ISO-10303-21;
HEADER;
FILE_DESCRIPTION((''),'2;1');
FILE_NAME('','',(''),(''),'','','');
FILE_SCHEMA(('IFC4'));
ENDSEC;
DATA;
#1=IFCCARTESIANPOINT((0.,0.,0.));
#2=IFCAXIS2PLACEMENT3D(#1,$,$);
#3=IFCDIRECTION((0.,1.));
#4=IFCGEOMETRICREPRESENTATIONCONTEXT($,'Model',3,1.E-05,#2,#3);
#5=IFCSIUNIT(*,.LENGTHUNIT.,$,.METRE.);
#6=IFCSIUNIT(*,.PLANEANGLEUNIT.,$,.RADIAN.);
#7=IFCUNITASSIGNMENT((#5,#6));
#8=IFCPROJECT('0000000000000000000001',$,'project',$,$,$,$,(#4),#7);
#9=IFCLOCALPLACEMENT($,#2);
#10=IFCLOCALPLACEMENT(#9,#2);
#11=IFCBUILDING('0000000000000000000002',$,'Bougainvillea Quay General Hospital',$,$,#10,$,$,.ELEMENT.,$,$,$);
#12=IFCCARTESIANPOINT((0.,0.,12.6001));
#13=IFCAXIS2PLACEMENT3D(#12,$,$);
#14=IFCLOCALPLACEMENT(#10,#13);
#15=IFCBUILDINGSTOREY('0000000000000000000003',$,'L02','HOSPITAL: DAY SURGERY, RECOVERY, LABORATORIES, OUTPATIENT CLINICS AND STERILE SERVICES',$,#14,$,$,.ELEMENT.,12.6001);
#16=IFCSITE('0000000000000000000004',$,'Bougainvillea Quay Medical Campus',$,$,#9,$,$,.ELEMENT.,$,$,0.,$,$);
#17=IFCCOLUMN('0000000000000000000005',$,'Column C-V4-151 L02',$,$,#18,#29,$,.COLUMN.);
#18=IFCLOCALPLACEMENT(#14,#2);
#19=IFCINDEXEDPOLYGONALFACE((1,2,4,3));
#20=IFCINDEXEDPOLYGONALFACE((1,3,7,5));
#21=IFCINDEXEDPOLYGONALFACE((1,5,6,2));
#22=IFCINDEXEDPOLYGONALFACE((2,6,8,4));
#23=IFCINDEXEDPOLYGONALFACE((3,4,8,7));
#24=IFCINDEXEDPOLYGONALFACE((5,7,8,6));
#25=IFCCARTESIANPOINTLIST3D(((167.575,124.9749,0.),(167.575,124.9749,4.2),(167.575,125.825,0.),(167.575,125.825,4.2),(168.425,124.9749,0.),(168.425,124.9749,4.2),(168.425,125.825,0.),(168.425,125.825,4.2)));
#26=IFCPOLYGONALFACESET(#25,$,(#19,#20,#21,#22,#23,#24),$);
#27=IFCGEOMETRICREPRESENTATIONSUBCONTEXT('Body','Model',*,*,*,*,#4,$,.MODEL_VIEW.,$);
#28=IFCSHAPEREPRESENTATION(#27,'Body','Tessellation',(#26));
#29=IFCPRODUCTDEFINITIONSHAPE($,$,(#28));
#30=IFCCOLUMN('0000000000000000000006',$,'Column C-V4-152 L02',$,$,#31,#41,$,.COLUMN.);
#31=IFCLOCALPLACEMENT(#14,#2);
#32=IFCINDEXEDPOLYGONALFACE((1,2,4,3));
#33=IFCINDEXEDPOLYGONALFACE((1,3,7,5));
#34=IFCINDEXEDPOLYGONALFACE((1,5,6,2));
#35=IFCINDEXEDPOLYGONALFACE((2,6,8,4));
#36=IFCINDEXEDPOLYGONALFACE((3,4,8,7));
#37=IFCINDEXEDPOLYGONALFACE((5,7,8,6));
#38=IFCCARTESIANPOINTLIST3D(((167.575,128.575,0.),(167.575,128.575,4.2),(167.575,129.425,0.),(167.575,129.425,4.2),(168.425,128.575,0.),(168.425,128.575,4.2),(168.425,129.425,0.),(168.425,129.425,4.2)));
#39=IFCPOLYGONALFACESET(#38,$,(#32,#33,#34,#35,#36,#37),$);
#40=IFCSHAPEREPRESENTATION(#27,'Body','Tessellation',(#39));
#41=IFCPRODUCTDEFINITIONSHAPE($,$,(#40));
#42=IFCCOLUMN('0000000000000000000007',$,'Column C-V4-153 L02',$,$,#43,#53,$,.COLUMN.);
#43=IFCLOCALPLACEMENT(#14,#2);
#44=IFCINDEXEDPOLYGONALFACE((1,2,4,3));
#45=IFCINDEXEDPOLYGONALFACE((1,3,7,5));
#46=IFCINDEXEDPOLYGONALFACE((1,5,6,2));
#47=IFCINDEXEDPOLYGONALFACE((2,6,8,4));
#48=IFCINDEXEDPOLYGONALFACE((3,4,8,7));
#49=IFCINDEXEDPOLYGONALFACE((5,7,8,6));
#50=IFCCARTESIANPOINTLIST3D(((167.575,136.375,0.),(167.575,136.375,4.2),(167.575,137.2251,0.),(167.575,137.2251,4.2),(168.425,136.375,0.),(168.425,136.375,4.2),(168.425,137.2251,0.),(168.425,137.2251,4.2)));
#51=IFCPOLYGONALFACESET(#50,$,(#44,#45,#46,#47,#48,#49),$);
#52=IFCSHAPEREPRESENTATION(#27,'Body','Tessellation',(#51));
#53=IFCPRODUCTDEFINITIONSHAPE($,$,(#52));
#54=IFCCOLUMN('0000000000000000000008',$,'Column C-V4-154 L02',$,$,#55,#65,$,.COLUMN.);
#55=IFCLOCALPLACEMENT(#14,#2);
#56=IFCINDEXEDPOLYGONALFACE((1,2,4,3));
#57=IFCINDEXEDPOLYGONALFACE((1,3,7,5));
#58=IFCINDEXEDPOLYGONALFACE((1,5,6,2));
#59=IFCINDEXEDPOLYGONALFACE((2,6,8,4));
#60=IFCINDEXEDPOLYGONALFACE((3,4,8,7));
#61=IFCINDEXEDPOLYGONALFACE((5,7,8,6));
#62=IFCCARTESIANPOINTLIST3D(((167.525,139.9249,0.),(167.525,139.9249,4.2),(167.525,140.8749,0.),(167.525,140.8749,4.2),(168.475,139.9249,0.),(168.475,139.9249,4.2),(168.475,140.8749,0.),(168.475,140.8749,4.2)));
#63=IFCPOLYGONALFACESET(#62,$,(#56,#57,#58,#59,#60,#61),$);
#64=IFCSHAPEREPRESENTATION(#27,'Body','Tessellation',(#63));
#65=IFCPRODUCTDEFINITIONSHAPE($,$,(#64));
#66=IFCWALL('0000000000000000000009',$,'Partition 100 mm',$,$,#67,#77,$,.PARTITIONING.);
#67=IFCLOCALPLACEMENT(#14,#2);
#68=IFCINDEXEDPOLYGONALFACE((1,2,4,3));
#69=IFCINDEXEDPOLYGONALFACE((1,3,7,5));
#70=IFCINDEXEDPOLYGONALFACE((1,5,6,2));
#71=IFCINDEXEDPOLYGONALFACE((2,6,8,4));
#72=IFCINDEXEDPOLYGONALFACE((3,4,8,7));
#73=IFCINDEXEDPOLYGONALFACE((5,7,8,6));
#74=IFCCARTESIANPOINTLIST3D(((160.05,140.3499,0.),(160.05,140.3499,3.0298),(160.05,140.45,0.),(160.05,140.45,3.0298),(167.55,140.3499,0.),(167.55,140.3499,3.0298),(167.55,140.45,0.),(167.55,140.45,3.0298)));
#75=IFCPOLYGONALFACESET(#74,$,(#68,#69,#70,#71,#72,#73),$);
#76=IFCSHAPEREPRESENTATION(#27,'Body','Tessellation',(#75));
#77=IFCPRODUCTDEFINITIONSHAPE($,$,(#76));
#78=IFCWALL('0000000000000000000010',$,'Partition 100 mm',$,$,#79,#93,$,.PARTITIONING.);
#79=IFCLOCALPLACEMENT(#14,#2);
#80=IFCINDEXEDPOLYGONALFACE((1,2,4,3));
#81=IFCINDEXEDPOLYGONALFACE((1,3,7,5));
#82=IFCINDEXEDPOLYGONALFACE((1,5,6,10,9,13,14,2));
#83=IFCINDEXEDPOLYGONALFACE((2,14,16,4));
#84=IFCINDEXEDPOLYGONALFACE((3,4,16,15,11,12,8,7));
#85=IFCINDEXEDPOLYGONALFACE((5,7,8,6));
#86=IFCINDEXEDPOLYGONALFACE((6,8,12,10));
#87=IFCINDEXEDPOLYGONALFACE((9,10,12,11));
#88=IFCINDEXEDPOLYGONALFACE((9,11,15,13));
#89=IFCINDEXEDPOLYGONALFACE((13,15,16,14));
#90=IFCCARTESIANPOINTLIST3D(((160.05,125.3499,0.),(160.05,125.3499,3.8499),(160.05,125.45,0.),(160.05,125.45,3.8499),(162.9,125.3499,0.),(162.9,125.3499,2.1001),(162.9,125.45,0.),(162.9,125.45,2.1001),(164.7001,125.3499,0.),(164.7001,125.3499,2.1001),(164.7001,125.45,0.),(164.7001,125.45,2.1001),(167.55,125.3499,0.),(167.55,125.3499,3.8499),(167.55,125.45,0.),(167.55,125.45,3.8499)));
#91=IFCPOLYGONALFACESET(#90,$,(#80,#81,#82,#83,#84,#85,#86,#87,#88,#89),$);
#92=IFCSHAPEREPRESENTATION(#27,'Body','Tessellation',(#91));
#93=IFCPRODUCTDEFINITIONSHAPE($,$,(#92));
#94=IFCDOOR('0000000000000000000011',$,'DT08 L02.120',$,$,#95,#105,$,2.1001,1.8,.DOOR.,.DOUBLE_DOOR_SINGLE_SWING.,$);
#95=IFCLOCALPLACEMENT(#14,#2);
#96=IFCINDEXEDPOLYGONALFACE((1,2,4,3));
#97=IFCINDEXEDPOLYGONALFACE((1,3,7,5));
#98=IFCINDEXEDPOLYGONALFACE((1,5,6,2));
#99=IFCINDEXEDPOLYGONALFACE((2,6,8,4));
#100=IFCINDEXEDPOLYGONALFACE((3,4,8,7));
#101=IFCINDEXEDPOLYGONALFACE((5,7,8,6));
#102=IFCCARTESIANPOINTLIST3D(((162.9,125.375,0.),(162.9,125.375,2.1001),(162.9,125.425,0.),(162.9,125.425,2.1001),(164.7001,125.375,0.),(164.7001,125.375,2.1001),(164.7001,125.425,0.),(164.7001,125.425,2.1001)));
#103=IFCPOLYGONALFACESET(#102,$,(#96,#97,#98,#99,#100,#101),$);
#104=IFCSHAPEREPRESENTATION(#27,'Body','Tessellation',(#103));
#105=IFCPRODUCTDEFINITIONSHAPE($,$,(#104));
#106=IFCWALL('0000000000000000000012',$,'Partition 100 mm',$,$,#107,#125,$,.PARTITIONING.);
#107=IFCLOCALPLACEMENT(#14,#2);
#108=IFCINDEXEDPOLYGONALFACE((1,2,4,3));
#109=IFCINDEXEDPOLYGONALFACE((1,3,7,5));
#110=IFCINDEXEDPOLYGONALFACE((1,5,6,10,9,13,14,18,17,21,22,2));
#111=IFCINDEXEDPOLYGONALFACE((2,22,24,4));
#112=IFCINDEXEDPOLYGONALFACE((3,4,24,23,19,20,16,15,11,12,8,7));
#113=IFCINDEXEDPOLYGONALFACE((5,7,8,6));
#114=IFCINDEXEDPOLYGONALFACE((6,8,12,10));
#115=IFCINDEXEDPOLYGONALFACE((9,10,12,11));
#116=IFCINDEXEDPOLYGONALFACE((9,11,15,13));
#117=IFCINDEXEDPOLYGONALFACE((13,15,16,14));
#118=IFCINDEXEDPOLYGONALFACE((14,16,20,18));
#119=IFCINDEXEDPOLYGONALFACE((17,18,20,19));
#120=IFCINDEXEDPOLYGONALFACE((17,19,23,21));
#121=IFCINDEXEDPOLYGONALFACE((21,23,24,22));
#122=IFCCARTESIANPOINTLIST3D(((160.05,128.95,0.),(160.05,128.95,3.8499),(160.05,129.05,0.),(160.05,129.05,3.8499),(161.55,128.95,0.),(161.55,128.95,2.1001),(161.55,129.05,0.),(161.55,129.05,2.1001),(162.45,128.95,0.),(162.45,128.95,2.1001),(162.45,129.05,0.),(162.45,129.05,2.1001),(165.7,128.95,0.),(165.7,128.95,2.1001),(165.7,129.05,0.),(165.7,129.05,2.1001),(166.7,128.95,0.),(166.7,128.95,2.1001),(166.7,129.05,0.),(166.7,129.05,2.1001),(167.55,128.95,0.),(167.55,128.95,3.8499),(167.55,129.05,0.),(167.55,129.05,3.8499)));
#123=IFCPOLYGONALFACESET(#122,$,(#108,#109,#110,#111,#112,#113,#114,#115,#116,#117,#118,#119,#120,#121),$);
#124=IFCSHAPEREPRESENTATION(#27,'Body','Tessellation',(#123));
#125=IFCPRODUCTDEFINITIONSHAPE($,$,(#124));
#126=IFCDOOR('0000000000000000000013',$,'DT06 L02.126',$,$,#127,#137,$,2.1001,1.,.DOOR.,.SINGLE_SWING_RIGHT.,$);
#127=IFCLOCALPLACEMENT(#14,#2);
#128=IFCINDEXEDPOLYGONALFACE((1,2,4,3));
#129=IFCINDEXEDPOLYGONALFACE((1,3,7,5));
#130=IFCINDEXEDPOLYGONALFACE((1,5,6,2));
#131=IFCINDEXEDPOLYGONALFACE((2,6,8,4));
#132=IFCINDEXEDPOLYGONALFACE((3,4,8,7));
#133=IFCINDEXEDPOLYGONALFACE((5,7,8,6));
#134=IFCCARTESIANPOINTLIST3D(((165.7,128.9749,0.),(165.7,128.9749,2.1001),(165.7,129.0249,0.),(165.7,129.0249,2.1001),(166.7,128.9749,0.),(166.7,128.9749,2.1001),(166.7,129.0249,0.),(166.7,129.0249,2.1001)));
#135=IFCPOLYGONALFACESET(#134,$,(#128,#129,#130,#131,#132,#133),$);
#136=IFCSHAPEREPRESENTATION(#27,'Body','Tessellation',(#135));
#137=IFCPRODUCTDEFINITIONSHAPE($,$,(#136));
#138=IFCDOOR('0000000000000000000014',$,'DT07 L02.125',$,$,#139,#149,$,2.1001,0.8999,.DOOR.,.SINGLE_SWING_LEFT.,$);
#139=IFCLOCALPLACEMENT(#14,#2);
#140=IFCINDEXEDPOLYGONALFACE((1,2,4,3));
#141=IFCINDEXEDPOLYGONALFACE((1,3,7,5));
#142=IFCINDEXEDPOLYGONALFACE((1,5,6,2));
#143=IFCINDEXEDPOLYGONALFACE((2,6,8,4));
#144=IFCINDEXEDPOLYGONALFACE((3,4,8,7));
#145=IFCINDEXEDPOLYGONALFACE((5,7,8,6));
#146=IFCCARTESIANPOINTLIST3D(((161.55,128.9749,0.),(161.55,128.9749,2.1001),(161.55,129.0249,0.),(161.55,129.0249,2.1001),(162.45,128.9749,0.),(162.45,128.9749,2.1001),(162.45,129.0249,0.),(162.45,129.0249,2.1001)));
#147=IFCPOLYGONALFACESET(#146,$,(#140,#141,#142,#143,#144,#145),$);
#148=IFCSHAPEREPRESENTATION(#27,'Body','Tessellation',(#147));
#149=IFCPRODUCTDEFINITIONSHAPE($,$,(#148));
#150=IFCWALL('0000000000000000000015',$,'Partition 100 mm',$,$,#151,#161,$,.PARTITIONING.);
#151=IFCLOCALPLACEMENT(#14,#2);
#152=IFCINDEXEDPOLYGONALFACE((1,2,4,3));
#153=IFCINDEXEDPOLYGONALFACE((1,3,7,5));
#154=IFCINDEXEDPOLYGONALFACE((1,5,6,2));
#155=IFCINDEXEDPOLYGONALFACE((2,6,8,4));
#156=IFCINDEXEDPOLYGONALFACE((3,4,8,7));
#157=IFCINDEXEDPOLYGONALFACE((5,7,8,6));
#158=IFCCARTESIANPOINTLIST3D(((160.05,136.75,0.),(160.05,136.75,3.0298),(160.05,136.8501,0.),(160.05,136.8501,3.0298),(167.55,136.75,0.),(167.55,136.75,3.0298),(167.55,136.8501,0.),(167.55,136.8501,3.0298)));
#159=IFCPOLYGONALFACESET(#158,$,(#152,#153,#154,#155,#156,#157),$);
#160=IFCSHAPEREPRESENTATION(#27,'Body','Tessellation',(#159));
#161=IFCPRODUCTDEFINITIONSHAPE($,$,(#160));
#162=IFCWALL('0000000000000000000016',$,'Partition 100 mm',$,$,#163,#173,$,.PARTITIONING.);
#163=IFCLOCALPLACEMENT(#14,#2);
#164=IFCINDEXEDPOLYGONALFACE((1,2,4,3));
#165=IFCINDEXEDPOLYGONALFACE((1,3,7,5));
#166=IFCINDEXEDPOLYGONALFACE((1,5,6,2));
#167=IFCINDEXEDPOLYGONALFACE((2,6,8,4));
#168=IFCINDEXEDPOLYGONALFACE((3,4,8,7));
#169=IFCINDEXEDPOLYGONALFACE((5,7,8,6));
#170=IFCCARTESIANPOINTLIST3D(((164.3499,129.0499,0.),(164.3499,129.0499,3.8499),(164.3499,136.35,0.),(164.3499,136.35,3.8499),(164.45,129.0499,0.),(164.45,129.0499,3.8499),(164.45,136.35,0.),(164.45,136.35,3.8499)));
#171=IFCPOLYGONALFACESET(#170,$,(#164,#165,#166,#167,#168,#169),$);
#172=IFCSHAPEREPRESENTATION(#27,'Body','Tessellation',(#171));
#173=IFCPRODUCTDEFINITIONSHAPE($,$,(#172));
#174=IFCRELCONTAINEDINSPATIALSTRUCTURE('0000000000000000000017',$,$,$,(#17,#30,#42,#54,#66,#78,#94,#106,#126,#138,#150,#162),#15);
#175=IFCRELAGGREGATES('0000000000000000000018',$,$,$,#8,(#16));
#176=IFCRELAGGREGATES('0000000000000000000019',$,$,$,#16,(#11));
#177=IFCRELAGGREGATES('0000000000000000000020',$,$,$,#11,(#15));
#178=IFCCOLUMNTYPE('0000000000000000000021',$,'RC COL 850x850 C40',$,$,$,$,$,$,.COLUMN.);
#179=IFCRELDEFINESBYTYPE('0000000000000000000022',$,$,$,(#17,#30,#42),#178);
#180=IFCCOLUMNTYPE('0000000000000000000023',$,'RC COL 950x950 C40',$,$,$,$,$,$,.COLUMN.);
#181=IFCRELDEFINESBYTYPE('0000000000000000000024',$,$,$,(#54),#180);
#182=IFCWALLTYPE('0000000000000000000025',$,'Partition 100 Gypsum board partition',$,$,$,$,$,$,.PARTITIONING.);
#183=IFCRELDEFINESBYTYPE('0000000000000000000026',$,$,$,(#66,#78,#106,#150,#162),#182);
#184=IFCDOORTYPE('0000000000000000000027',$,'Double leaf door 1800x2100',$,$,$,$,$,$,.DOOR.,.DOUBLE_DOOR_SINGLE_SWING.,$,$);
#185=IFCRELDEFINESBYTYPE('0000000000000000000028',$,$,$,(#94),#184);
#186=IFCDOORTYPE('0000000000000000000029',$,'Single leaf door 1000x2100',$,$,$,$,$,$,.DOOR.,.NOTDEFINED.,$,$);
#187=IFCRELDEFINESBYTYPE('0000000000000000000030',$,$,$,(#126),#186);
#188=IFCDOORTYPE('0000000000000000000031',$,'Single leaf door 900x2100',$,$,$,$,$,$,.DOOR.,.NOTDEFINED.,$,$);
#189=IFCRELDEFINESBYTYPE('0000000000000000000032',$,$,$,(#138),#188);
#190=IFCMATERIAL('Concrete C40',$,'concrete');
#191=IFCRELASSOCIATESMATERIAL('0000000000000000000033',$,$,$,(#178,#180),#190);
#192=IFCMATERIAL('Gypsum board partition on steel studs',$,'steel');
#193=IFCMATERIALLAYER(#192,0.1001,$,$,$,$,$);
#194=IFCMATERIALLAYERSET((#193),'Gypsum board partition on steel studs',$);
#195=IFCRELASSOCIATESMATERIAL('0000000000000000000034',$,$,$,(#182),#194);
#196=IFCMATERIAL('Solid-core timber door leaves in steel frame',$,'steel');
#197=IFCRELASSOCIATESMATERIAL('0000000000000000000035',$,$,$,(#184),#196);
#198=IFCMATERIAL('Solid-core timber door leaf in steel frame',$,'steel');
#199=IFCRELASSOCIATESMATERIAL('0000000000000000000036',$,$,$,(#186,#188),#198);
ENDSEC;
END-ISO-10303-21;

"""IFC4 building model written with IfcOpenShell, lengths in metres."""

from ifc_helpers import new_model, si_unit, direction, frame, frame_2d, origin, origin_2d, place, context, subcontext, project, spatial, rectangle, extrude, material, layer, layer_set, material_profile, profile_set, type_object, element, fill, save


model = new_model("IFC4")

# Units and contexts
model_context = context("Model", 3, precision=1e-05, world=origin(), true_north=direction((0.0, 1.0)))
body_context = subcontext(model_context, "Body", "Model", "MODEL_VIEW")
ifc_project = project(units=[si_unit("LENGTHUNIT", "METRE"), si_unit("PLANEANGLEUNIT", "RADIAN")], contexts=[model_context])

# Site, building, storey
site_placement = place(None, origin())
site = spatial("IfcSite", under=ifc_project, at=site_placement, Name="Bougainvillea Quay Medical Campus", CompositionType="ELEMENT", RefElevation=0.0)
building_placement = place(site_placement, origin())
building = spatial("IfcBuilding", under=site, at=building_placement, Name="Bougainvillea Quay General Hospital", CompositionType="ELEMENT")
storey_placement = place(building_placement, frame((0.0, 0.0, 12.6001)))
storey = spatial("IfcBuildingStorey", under=building, at=storey_placement, Name="L02", Description="HOSPITAL: DAY SURGERY, RECOVERY, LABORATORIES, OUTPATIENT CLINICS AND STERILE SERVICES", CompositionType="ELEMENT", Elevation=12.6001)

# Columns
ifc_material_1 = material(Name="Concrete C40", Category="concrete")
ifc_material_profile_1 = material_profile(ifc_material_1, rectangle(XDim=0.8501, YDim=0.8501, at=origin_2d()))
ifc_profile_set_1 = profile_set([ifc_material_profile_1], Name="Concrete C40")
column_type_1 = type_object("IfcColumnType", Name="RC COL 850x850 C40", PredefinedType="COLUMN", material=ifc_profile_set_1)
for number, where, z_axis, x_axis, name in (
    (1, (168.0, 125.3999, 0.0), (0.0, 0.0, 1.0), (1.0, 0.0, 0.0), "Column C-V4-151 L02"),
    (2, (168.0, 129.0, 0.0), (0.0, 0.0, 1.0), (1.0, 0.0, 0.0), "Column C-V4-152 L02"),
    (3, (168.0, 136.8, 0.0), (0.0, 0.0, 1.0), (1.0, 0.0, 0.0), "Column C-V4-153 L02"),
):
    element("IfcColumn", number, at=place(storey_placement, frame(where, z_axis=z_axis, x_axis=x_axis)), inside=storey, type_object=column_type_1, Name=name, PredefinedType="COLUMN", context=body_context, shape_type="SweptSolid", body=[
        extrude(rectangle(XDim=0.8501, YDim=0.8501, at=origin_2d()), origin(), (0.0, 0.0, 1.0), 4.2),
    ])
ifc_material_profile_2 = material_profile(ifc_material_1, rectangle(XDim=0.95, YDim=0.95, at=origin_2d()))
ifc_profile_set_2 = profile_set([ifc_material_profile_2], Name="Concrete C40")
column_type_2 = type_object("IfcColumnType", Name="RC COL 950x950 C40", PredefinedType="COLUMN", material=ifc_profile_set_2)
column_placement = place(storey_placement, frame((168.0, 140.3999, 0.0), z_axis=(0.0, 0.0, 1.0), x_axis=(1.0, 0.0, 0.0)))
element("IfcColumn", 4, at=column_placement, inside=storey, type_object=column_type_2, Name="Column C-V4-154 L02", PredefinedType="COLUMN", context=body_context, shape_type="SweptSolid", body=[
    extrude(rectangle(XDim=0.95, YDim=0.95, at=origin_2d()), origin(), (0.0, 0.0, 1.0), 4.2),
])

# Wall
ifc_material_2 = material(Name="Gypsum board partition on steel studs", Category="steel")
ifc_layer_1 = layer(ifc_material_2, 0.1001)
ifc_layer_set_1 = layer_set([ifc_layer_1], Name="Gypsum board partition on steel studs")
wall_type_1 = type_object("IfcWallType", Name="Partition 100 Gypsum board partition", PredefinedType="PARTITIONING", material=ifc_layer_set_1)
wall_1_placement = place(storey_placement, frame((167.55, 140.3999, 0.0), z_axis=(0.0, 0.0, 1.0), x_axis=(-1.0, 0.0, 0.0)))
element("IfcWall", 5, at=wall_1_placement, inside=storey, type_object=wall_type_1, Name="Partition 100 mm", PredefinedType="PARTITIONING", context=body_context, shape_type="SweptSolid", body=[
    extrude(rectangle(XDim=7.5, YDim=0.1001, at=frame_2d((3.75, 0.0))), origin(), (0.0, 0.0, 1.0), 3.0298),
])

# Wall, opening, door
wall_2_placement = place(storey_placement, frame((167.55, 125.3999, 0.0), z_axis=(0.0, 0.0, 1.0), x_axis=(-1.0, 0.0, 0.0)))
wall_2 = element("IfcWall", 6, at=wall_2_placement, inside=storey, type_object=wall_type_1, Name="Partition 100 mm", PredefinedType="PARTITIONING", context=body_context, shape_type="SweptSolid", body=[
    extrude(rectangle(XDim=7.5, YDim=0.1001, at=frame_2d((3.75, 0.0))), origin(), (0.0, 0.0, 1.0), 3.8499),
])
opening_1_placement = place(wall_2_placement, frame((2.8501, 0.0, 0.0)))
opening_1 = element("IfcOpeningElement", 7, at=opening_1_placement, cuts=wall_2, PredefinedType="OPENING", context=body_context, shape_type="SweptSolid", body=[
    extrude(rectangle(XDim=1.8, YDim=2.1001, at=frame_2d((0.8999, 1.05))), frame((0.0, 0.0601, 0.0), z_axis=(0.0, -1.0, 0.0), x_axis=(1.0, 0.0, 0.0)), (0.0, 0.0, 1.0), 0.1201),
])
ifc_material_3 = material(Name="Solid-core timber door leaves in steel frame", Category="steel")
door_type_1 = type_object("IfcDoorType", Name="Double leaf door 1800x2100", OperationType="DOUBLE_DOOR_SINGLE_SWING", PredefinedType="DOOR", material=ifc_material_3)
door_1_placement = place(opening_1_placement, origin())
door_1 = element("IfcDoor", 8, at=door_1_placement, inside=storey, type_object=door_type_1, Name="DT08 L02.120", OperationType="DOUBLE_DOOR_SINGLE_SWING", OverallHeight=2.1001, OverallWidth=1.8, PredefinedType="DOOR", context=body_context, shape_type="SweptSolid", body=[
    extrude(rectangle(XDim=1.8, YDim=2.1001, at=frame_2d((0.8999, 1.05))), frame((0.0, 0.0249, 0.0), z_axis=(0.0, -1.0, 0.0), x_axis=(1.0, 0.0, 0.0)), (0.0, 0.0, 1.0), 0.05),
])
fill(opening_1, door_1)

# Wall, openings, doors
wall_3_placement = place(storey_placement, frame((167.55, 129.0, 0.0), z_axis=(0.0, 0.0, 1.0), x_axis=(-1.0, 0.0, 0.0)))
wall_3 = element("IfcWall", 9, at=wall_3_placement, inside=storey, type_object=wall_type_1, Name="Partition 100 mm", PredefinedType="PARTITIONING", context=body_context, shape_type="SweptSolid", body=[
    extrude(rectangle(XDim=7.5, YDim=0.1001, at=frame_2d((3.75, 0.0))), origin(), (0.0, 0.0, 1.0), 3.8499),
])
opening_2_placement = place(wall_3_placement, frame((5.1001, 0.0, 0.0)))
opening_2 = element("IfcOpeningElement", 10, at=opening_2_placement, cuts=wall_3, PredefinedType="OPENING", context=body_context, shape_type="SweptSolid", body=[
    extrude(rectangle(XDim=0.8999, YDim=2.1001, at=frame_2d((0.45, 1.05))), frame((0.0, 0.0601, 0.0), z_axis=(0.0, -1.0, 0.0), x_axis=(1.0, 0.0, 0.0)), (0.0, 0.0, 1.0), 0.1201),
])
opening_3_placement = place(wall_3_placement, frame((0.8501, 0.0, 0.0)))
opening_3 = element("IfcOpeningElement", 11, at=opening_3_placement, cuts=wall_3, PredefinedType="OPENING", context=body_context, shape_type="SweptSolid", body=[
    extrude(rectangle(XDim=1.0, YDim=2.1001, at=frame_2d((0.5, 1.05))), frame((0.0, 0.0601, 0.0), z_axis=(0.0, -1.0, 0.0), x_axis=(1.0, 0.0, 0.0)), (0.0, 0.0, 1.0), 0.1201),
])
ifc_material_4 = material(Name="Solid-core timber door leaf in steel frame", Category="steel")
door_type_2 = type_object("IfcDoorType", Name="Single leaf door 1000x2100", OperationType="NOTDEFINED", PredefinedType="DOOR", material=ifc_material_4)
door_2_placement = place(opening_3_placement, frame((1.0, 0.0, 0.0), z_axis=(0.0, 0.0, 1.0), x_axis=(-1.0, 0.0, 0.0)))
door_2 = element("IfcDoor", 12, at=door_2_placement, inside=storey, type_object=door_type_2, Name="DT06 L02.126", OperationType="SINGLE_SWING_RIGHT", OverallHeight=2.1001, OverallWidth=1.0, PredefinedType="DOOR", context=body_context, shape_type="SweptSolid", body=[
    extrude(rectangle(XDim=1.0, YDim=2.1001, at=frame_2d((0.5, 1.05))), frame((0.0, 0.0249, 0.0), z_axis=(0.0, -1.0, 0.0), x_axis=(1.0, 0.0, 0.0)), (0.0, 0.0, 1.0), 0.05),
])
fill(opening_3, door_2)
door_type_3 = type_object("IfcDoorType", Name="Single leaf door 900x2100", OperationType="NOTDEFINED", PredefinedType="DOOR", material=ifc_material_4)
door_3_placement = place(opening_2_placement, frame((0.8999, 0.0, 0.0), z_axis=(0.0, 0.0, 1.0), x_axis=(-1.0, 0.0, 0.0)))
door_3 = element("IfcDoor", 13, at=door_3_placement, inside=storey, type_object=door_type_3, Name="DT07 L02.125", OperationType="SINGLE_SWING_LEFT", OverallHeight=2.1001, OverallWidth=0.8999, PredefinedType="DOOR", context=body_context, shape_type="SweptSolid", body=[
    extrude(rectangle(XDim=0.8999, YDim=2.1001, at=frame_2d((0.45, 1.05))), frame((0.0, 0.0249, 0.0), z_axis=(0.0, -1.0, 0.0), x_axis=(1.0, 0.0, 0.0)), (0.0, 0.0, 1.0), 0.05),
])
fill(opening_2, door_3)

# Walls
wall_4_placement = place(storey_placement, frame((160.05, 136.8, 0.0), z_axis=(0.0, 0.0, 1.0), x_axis=(1.0, 0.0, 0.0)))
element("IfcWall", 14, at=wall_4_placement, inside=storey, type_object=wall_type_1, Name="Partition 100 mm", PredefinedType="PARTITIONING", context=body_context, shape_type="SweptSolid", body=[
    extrude(rectangle(XDim=7.5, YDim=0.1001, at=frame_2d((3.75, 0.0))), origin(), (0.0, 0.0, 1.0), 3.0298),
])
wall_5_placement = place(storey_placement, frame((164.3999, 129.05, 0.0), z_axis=(0.0, 0.0, 1.0), x_axis=(0.0, 1.0, 0.0)))
element("IfcWall", 15, at=wall_5_placement, inside=storey, type_object=wall_type_1, Name="Partition 100 mm", PredefinedType="PARTITIONING", context=body_context, shape_type="SweptSolid", body=[
    extrude(rectangle(XDim=7.3, YDim=0.1001, at=frame_2d((3.6499, 0.0))), origin(), (0.0, 0.0, 1.0), 3.8499),
])

save(model, "model.ifc")
